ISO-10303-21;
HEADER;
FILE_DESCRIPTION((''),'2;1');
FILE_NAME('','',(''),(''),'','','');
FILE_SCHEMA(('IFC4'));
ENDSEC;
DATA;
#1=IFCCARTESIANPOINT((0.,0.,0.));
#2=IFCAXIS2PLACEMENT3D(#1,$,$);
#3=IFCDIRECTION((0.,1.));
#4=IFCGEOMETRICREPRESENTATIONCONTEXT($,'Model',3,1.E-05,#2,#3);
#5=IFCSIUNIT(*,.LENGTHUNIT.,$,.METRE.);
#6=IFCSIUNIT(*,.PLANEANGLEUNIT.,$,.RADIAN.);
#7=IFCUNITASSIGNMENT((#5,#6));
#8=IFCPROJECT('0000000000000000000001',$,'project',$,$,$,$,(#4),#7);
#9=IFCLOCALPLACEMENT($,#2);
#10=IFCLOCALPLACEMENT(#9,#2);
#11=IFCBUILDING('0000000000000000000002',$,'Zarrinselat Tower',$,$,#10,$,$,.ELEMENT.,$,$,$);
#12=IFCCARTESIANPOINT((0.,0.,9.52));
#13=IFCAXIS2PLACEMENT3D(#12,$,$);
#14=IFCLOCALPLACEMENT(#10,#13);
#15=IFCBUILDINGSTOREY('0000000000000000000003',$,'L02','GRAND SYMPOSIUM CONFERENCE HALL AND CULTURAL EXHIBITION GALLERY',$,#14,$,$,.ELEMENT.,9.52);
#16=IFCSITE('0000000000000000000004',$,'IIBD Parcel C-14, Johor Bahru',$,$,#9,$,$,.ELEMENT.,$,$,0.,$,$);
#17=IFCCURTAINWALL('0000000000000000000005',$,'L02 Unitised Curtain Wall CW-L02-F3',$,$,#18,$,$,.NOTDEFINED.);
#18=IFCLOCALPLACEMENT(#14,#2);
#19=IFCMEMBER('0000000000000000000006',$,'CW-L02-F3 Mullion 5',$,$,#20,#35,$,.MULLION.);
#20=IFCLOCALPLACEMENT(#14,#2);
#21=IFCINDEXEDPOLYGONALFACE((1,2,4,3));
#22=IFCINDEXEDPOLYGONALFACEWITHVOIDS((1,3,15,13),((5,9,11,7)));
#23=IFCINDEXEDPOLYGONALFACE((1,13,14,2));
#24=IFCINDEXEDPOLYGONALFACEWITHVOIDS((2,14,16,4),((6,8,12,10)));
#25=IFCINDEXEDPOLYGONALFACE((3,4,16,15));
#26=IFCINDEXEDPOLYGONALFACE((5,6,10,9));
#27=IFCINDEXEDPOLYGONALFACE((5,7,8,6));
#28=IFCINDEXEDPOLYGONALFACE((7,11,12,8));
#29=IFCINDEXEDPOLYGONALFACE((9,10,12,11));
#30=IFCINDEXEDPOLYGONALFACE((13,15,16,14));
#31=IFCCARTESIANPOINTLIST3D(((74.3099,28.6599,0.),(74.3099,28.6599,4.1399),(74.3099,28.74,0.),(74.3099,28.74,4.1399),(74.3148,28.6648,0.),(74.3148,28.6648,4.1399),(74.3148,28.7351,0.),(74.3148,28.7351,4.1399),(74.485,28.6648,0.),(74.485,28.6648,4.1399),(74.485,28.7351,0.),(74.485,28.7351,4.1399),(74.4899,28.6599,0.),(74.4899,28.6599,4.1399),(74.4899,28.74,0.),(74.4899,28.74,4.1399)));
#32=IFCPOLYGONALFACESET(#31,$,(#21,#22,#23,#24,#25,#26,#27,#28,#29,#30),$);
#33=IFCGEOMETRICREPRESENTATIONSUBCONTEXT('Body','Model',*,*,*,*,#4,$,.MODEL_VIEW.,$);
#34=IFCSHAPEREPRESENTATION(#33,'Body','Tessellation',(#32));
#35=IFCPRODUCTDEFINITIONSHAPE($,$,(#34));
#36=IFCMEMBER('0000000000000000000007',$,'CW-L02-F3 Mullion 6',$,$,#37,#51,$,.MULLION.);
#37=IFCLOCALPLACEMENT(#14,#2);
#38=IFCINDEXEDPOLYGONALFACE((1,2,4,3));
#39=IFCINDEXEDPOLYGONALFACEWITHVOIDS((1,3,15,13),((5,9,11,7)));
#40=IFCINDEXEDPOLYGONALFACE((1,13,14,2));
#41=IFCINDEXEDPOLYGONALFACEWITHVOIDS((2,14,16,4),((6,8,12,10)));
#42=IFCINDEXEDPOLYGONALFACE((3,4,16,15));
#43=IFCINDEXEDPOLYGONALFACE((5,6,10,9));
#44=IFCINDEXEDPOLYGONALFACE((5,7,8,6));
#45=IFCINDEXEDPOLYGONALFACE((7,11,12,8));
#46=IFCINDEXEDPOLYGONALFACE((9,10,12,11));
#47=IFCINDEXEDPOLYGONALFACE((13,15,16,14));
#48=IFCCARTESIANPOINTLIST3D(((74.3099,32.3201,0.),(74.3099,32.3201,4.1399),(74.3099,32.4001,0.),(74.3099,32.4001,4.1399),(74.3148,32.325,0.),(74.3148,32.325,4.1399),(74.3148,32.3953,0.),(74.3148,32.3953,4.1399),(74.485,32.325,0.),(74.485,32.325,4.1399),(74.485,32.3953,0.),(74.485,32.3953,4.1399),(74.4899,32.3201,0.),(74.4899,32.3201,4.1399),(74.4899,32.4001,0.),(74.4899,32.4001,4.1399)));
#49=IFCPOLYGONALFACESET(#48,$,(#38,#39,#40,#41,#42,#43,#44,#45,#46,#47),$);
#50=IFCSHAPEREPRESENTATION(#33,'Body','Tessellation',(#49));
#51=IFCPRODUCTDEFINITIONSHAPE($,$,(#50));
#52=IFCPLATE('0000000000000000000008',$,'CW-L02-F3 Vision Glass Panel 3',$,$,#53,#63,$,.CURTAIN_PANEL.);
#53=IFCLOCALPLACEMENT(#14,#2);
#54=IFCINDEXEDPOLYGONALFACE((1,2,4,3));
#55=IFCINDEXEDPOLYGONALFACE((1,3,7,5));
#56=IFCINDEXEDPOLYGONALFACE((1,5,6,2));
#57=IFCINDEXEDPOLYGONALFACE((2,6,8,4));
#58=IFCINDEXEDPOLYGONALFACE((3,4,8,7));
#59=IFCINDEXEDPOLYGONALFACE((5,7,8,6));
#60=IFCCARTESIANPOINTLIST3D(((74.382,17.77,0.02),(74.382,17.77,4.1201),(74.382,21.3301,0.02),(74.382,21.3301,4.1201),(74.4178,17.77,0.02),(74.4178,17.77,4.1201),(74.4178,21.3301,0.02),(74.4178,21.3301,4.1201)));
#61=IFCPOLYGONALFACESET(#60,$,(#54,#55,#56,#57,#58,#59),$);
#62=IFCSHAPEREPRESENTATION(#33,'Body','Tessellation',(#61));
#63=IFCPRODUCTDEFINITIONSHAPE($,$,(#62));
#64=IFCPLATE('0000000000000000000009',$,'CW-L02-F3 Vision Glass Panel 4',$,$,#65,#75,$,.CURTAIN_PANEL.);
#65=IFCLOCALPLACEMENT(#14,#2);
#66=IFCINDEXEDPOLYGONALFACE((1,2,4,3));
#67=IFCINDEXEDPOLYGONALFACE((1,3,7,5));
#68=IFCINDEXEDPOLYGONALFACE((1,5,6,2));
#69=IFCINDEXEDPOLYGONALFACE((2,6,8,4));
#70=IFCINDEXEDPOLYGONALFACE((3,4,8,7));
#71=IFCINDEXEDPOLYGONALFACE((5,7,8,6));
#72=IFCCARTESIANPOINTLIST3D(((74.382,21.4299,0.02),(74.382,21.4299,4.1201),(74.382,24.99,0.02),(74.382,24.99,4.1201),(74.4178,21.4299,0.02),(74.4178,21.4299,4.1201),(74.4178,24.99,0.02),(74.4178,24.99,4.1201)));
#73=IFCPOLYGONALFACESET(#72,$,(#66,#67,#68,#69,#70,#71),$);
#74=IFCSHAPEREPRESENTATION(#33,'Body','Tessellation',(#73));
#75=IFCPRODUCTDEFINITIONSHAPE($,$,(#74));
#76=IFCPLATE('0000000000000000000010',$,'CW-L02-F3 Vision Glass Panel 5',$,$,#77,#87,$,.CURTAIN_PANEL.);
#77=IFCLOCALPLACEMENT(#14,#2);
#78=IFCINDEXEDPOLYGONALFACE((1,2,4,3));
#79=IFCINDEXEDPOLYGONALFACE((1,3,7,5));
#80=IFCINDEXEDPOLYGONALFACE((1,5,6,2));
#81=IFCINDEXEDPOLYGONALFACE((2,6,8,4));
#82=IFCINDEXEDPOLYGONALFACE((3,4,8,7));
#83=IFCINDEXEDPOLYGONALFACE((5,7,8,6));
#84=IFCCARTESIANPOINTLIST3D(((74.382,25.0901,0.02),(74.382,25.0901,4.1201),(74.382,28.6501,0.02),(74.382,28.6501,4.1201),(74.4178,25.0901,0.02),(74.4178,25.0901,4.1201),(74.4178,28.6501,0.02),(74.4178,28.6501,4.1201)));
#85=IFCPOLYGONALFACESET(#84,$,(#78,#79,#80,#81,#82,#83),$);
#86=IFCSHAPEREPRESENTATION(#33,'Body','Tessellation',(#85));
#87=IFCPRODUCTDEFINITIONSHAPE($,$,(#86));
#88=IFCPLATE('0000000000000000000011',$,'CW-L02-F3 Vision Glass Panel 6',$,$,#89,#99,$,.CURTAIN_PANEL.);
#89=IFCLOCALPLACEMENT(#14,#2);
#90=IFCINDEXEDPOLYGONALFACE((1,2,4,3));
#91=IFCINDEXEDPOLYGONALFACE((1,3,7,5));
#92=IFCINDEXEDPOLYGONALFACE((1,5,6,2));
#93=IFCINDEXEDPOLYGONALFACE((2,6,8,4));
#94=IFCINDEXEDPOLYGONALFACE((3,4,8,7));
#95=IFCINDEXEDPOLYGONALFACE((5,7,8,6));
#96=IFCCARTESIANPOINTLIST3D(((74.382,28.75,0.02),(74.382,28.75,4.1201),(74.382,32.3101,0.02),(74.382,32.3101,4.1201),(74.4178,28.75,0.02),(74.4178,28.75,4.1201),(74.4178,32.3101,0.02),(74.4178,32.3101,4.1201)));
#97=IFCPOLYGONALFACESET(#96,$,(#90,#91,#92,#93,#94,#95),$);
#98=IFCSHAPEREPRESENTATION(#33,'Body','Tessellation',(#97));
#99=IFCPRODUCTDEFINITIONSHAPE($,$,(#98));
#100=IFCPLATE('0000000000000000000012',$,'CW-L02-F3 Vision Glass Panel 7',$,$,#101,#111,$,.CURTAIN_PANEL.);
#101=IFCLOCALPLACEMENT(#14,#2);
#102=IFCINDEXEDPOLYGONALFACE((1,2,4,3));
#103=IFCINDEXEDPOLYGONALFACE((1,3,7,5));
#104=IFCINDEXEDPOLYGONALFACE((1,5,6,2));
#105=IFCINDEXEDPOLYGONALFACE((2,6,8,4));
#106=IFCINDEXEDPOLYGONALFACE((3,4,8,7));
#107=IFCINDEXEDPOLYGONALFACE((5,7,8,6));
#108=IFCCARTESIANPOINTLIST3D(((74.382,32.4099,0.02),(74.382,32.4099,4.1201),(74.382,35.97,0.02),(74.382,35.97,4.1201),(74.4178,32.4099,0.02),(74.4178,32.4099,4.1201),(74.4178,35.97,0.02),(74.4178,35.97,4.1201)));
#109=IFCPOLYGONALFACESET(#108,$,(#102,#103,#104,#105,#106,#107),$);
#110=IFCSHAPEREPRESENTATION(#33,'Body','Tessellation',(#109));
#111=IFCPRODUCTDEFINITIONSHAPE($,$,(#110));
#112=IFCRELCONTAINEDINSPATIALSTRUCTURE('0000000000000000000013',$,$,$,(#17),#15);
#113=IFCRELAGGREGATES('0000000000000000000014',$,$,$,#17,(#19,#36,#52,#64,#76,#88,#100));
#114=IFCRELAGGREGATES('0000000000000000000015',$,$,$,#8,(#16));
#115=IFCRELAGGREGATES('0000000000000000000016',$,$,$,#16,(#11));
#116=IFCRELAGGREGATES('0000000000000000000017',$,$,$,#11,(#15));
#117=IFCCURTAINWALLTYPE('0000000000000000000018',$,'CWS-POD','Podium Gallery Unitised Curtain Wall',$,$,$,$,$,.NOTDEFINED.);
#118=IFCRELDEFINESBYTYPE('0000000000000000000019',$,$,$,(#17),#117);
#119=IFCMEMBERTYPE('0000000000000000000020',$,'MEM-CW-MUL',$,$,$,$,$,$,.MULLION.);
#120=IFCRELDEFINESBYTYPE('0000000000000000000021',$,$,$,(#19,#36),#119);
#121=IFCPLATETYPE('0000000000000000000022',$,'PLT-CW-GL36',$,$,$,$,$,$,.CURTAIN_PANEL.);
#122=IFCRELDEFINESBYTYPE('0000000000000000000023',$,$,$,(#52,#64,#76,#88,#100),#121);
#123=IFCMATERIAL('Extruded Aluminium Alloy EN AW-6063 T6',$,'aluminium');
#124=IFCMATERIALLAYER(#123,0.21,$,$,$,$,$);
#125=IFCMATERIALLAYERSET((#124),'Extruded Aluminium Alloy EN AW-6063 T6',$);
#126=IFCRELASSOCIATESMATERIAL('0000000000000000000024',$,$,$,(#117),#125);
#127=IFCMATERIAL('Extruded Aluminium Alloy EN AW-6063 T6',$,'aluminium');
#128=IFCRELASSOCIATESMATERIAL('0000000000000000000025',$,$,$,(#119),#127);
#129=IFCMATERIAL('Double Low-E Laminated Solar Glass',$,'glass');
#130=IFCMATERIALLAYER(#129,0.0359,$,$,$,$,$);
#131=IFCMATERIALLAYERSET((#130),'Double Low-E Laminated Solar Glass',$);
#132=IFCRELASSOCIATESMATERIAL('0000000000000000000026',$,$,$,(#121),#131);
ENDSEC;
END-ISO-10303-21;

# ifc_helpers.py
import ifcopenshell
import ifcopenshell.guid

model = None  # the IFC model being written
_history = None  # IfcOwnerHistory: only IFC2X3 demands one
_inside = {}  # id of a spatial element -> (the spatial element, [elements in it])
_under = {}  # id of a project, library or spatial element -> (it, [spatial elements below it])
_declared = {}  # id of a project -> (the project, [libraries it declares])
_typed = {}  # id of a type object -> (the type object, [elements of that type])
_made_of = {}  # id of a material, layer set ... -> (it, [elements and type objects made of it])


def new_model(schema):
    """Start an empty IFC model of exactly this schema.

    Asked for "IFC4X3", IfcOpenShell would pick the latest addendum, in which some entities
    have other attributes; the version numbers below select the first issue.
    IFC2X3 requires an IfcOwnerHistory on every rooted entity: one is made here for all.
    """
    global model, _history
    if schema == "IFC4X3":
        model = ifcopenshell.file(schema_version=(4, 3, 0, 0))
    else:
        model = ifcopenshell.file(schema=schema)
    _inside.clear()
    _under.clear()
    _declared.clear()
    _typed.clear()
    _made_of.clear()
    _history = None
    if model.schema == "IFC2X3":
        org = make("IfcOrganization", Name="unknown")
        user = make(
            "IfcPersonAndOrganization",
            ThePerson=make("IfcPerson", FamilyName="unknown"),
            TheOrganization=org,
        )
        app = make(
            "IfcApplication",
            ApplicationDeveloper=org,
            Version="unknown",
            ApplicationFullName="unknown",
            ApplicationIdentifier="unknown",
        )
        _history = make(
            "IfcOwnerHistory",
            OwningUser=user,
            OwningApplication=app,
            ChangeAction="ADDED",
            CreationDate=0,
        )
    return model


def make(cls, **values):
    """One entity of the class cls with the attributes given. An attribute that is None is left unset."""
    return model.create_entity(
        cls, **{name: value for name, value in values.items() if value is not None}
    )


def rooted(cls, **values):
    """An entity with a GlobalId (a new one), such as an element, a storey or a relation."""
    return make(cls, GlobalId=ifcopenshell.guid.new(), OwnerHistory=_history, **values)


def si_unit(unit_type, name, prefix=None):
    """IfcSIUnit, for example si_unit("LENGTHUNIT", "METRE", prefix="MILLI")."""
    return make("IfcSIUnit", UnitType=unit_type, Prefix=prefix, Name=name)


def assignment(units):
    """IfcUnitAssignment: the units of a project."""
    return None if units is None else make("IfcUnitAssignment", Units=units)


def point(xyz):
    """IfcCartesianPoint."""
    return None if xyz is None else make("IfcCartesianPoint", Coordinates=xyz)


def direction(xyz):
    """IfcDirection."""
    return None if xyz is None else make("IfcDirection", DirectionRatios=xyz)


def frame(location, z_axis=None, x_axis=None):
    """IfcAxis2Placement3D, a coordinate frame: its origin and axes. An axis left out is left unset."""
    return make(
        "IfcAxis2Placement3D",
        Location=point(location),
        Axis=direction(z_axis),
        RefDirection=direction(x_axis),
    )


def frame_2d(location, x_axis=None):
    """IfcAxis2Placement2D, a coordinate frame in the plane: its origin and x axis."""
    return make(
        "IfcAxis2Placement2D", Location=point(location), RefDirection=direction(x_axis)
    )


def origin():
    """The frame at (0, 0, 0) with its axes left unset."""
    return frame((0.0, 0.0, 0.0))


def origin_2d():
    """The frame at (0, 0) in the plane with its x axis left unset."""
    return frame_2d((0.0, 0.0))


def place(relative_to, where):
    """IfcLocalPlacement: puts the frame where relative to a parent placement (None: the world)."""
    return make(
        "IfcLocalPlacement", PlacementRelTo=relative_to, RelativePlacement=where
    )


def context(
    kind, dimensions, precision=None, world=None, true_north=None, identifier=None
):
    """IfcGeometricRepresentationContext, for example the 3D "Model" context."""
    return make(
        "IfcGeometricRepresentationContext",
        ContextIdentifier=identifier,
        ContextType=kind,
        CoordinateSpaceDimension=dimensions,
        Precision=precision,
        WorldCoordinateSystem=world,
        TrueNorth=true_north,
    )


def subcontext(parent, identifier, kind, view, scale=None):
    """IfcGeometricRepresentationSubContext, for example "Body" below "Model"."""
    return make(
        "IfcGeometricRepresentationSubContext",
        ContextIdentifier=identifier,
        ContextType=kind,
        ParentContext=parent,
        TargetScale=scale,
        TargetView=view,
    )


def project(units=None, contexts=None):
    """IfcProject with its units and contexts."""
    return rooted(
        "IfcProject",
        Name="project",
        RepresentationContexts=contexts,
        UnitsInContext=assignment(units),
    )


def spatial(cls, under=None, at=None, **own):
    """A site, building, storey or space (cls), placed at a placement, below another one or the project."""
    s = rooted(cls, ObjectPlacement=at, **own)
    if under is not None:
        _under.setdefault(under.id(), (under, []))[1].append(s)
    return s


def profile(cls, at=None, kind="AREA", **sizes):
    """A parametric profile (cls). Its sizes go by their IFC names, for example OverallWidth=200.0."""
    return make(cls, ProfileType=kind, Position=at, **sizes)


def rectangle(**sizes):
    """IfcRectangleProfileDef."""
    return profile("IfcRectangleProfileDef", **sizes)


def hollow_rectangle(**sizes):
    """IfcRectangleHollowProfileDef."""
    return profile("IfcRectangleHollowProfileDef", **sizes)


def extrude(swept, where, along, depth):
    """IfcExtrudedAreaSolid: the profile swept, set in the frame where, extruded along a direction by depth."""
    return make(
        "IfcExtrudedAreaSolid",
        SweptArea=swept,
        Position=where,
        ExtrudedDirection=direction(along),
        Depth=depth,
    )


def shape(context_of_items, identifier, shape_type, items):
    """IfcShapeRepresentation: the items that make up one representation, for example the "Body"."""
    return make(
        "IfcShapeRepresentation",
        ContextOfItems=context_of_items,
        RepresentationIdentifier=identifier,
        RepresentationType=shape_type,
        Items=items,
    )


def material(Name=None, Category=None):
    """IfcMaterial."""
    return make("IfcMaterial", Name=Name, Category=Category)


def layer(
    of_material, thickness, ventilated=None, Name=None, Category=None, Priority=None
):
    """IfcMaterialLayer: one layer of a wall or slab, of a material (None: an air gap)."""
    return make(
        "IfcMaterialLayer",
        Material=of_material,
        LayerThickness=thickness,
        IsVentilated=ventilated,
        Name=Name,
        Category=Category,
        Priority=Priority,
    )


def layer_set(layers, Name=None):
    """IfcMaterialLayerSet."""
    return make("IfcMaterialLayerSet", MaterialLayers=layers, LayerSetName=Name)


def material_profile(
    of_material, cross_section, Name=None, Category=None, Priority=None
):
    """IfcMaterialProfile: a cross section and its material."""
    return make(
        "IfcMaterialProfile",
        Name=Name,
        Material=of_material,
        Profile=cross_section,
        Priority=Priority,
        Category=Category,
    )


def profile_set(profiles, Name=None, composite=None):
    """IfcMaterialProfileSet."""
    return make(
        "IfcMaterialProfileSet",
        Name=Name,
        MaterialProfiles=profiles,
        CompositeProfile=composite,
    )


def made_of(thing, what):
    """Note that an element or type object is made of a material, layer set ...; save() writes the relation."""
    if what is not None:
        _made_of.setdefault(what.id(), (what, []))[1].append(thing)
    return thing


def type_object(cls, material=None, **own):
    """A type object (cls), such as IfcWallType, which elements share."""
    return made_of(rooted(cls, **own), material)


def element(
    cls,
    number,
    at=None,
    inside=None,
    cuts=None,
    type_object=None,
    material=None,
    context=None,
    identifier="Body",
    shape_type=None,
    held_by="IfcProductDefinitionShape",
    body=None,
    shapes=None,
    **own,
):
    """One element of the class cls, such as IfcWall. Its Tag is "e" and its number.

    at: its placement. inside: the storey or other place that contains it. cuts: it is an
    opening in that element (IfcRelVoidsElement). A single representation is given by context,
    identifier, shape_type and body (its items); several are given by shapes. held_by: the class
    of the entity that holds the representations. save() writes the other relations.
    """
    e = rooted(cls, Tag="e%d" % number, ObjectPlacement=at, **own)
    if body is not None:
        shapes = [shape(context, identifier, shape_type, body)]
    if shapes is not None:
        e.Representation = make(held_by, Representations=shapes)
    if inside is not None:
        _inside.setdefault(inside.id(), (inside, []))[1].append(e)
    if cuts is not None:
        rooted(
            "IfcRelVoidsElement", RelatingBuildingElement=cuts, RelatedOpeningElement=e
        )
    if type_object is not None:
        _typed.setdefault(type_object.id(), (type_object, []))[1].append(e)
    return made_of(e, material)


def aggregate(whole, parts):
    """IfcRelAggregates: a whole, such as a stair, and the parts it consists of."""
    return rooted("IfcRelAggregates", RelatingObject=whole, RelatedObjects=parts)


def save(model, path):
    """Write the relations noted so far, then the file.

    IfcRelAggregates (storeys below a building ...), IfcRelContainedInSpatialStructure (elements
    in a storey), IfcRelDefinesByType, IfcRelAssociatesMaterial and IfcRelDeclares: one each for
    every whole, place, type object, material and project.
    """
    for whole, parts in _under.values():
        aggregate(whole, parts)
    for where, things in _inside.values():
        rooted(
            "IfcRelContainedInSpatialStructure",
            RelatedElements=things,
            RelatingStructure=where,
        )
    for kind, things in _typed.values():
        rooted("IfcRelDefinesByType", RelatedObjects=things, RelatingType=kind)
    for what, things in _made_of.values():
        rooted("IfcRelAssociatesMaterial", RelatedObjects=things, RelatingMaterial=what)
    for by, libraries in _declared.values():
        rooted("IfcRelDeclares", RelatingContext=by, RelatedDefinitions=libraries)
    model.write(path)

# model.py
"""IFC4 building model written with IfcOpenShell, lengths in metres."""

from ifc_helpers import new_model, si_unit, direction, frame, origin, origin_2d, place, context, subcontext, project, spatial, rectangle, hollow_rectangle, extrude, material, layer, layer_set, material_profile, profile_set, type_object, element, aggregate, save


model = new_model("IFC4")

# Units and contexts
model_context = context("Model", 3, precision=1e-05, world=origin(), true_north=direction((0.0, 1.0)))
body_context = subcontext(model_context, "Body", "Model", "MODEL_VIEW")
ifc_project = project(units=[si_unit("LENGTHUNIT", "METRE"), si_unit("PLANEANGLEUNIT", "RADIAN")], contexts=[model_context])

# Site, building, storey
site_placement = place(None, origin())
site = spatial("IfcSite", under=ifc_project, at=site_placement, Name="IIBD Parcel C-14, Johor Bahru", CompositionType="ELEMENT", RefElevation=0.0)
building_placement = place(site_placement, origin())
building = spatial("IfcBuilding", under=site, at=building_placement, Name="Zarrinselat Tower", CompositionType="ELEMENT")
storey_placement = place(building_placement, frame((0.0, 0.0, 9.52)))
storey = spatial("IfcBuildingStorey", under=building, at=storey_placement, Name="L02", Description="GRAND SYMPOSIUM CONFERENCE HALL AND CULTURAL EXHIBITION GALLERY", CompositionType="ELEMENT", Elevation=9.52)

# Curtain wall, members, plates
ifc_material_1 = material(Name="Extruded Aluminium Alloy EN AW-6063 T6", Category="aluminium")
ifc_layer_1 = layer(ifc_material_1, 0.21)
ifc_layer_set_1 = layer_set([ifc_layer_1], Name="Extruded Aluminium Alloy EN AW-6063 T6")
curtain_wall_type = type_object("IfcCurtainWallType", Name="CWS-POD", Description="Podium Gallery Unitised Curtain Wall", PredefinedType="NOTDEFINED", material=ifc_layer_set_1)
curtain_wall_placement = place(storey_placement, origin())
curtain_wall = element("IfcCurtainWall", 1, at=curtain_wall_placement, inside=storey, type_object=curtain_wall_type, Name="L02 Unitised Curtain Wall CW-L02-F3", PredefinedType="NOTDEFINED")
ifc_material_2 = material(Name="Extruded Aluminium Alloy EN AW-6063 T6", Category="aluminium")
ifc_material_profile_1 = material_profile(ifc_material_2, hollow_rectangle(XDim=0.0801, YDim=0.1799, WallThickness=0.0049, at=origin_2d()), Name="RHS 180x80x5")
ifc_profile_set_1 = profile_set([ifc_material_profile_1], Name="Extruded Aluminium Alloy EN AW-6063 T6")
member_type = type_object("IfcMemberType", Name="MEM-CW-MUL", PredefinedType="MULLION", material=ifc_profile_set_1)
member_1_placement = place(storey_placement, frame((74.3999, 28.7, 0.0), z_axis=(0.0, 0.0, 1.0), x_axis=(0.0, 1.0, 0.0)))
member_1 = element("IfcMember", 2, at=member_1_placement, type_object=member_type, Name="CW-L02-F3 Mullion 5", PredefinedType="MULLION", context=body_context, shape_type="SweptSolid", body=[
    extrude(hollow_rectangle(XDim=0.0801, YDim=0.1799, WallThickness=0.0049, at=origin_2d()), origin(), (0.0, 0.0, 1.0), 4.1399),
])
member_2_placement = place(storey_placement, frame((74.3999, 32.3601, 0.0), z_axis=(0.0, 0.0, 1.0), x_axis=(0.0, 1.0, 0.0)))
member_2 = element("IfcMember", 3, at=member_2_placement, type_object=member_type, Name="CW-L02-F3 Mullion 6", PredefinedType="MULLION", context=body_context, shape_type="SweptSolid", body=[
    extrude(hollow_rectangle(XDim=0.0801, YDim=0.1799, WallThickness=0.0049, at=origin_2d()), origin(), (0.0, 0.0, 1.0), 4.1399),
])
ifc_material_3 = material(Name="Double Low-E Laminated Solar Glass", Category="glass")
ifc_layer_2 = layer(ifc_material_3, 0.0359)
ifc_layer_set_2 = layer_set([ifc_layer_2], Name="Double Low-E Laminated Solar Glass")
plate_type = type_object("IfcPlateType", Name="PLT-CW-GL36", PredefinedType="CURTAIN_PANEL", material=ifc_layer_set_2)
plate_1_placement = place(storey_placement, frame((74.3999, 19.55, 0.02), z_axis=(0.0, 0.0, 1.0), x_axis=(0.0, 1.0, 0.0)))
plate_1 = element("IfcPlate", 4, at=plate_1_placement, type_object=plate_type, Name="CW-L02-F3 Vision Glass Panel 3", PredefinedType="CURTAIN_PANEL", context=body_context, shape_type="SweptSolid", body=[
    extrude(rectangle(XDim=3.5601, YDim=0.0359, at=origin_2d()), origin(), (0.0, 0.0, 1.0), 4.1001),
])
plate_2_placement = place(storey_placement, frame((74.3999, 23.21, 0.02), z_axis=(0.0, 0.0, 1.0), x_axis=(0.0, 1.0, 0.0)))
plate_2 = element("IfcPlate", 5, at=plate_2_placement, type_object=plate_type, Name="CW-L02-F3 Vision Glass Panel 4", PredefinedType="CURTAIN_PANEL", context=body_context, shape_type="SweptSolid", body=[
    extrude(rectangle(XDim=3.5601, YDim=0.0359, at=origin_2d()), origin(), (0.0, 0.0, 1.0), 4.1001),
])
plate_3_placement = place(storey_placement, frame((74.3999, 26.8701, 0.02), z_axis=(0.0, 0.0, 1.0), x_axis=(0.0, 1.0, 0.0)))
plate_3 = element("IfcPlate", 6, at=plate_3_placement, type_object=plate_type, Name="CW-L02-F3 Vision Glass Panel 5", PredefinedType="CURTAIN_PANEL", context=body_context, shape_type="SweptSolid", body=[
    extrude(rectangle(XDim=3.5601, YDim=0.0359, at=origin_2d()), origin(), (0.0, 0.0, 1.0), 4.1001),
])
plate_4_placement = place(storey_placement, frame((74.3999, 30.53, 0.02), z_axis=(0.0, 0.0, 1.0), x_axis=(0.0, 1.0, 0.0)))
plate_4 = element("IfcPlate", 7, at=plate_4_placement, type_object=plate_type, Name="CW-L02-F3 Vision Glass Panel 6", PredefinedType="CURTAIN_PANEL", context=body_context, shape_type="SweptSolid", body=[
    extrude(rectangle(XDim=3.5601, YDim=0.0359, at=origin_2d()), origin(), (0.0, 0.0, 1.0), 4.1001),
])
plate_5_placement = place(storey_placement, frame((74.3999, 34.1899, 0.02), z_axis=(0.0, 0.0, 1.0), x_axis=(0.0, 1.0, 0.0)))
plate_5 = element("IfcPlate", 8, at=plate_5_placement, type_object=plate_type, Name="CW-L02-F3 Vision Glass Panel 7", PredefinedType="CURTAIN_PANEL", context=body_context, shape_type="SweptSolid", body=[
    extrude(rectangle(XDim=3.5601, YDim=0.0359, at=origin_2d()), origin(), (0.0, 0.0, 1.0), 4.1001),
])
aggregate(curtain_wall, [member_1, member_2, plate_1, plate_2, plate_3, plate_4, plate_5])

save(model, "model.ifc")
